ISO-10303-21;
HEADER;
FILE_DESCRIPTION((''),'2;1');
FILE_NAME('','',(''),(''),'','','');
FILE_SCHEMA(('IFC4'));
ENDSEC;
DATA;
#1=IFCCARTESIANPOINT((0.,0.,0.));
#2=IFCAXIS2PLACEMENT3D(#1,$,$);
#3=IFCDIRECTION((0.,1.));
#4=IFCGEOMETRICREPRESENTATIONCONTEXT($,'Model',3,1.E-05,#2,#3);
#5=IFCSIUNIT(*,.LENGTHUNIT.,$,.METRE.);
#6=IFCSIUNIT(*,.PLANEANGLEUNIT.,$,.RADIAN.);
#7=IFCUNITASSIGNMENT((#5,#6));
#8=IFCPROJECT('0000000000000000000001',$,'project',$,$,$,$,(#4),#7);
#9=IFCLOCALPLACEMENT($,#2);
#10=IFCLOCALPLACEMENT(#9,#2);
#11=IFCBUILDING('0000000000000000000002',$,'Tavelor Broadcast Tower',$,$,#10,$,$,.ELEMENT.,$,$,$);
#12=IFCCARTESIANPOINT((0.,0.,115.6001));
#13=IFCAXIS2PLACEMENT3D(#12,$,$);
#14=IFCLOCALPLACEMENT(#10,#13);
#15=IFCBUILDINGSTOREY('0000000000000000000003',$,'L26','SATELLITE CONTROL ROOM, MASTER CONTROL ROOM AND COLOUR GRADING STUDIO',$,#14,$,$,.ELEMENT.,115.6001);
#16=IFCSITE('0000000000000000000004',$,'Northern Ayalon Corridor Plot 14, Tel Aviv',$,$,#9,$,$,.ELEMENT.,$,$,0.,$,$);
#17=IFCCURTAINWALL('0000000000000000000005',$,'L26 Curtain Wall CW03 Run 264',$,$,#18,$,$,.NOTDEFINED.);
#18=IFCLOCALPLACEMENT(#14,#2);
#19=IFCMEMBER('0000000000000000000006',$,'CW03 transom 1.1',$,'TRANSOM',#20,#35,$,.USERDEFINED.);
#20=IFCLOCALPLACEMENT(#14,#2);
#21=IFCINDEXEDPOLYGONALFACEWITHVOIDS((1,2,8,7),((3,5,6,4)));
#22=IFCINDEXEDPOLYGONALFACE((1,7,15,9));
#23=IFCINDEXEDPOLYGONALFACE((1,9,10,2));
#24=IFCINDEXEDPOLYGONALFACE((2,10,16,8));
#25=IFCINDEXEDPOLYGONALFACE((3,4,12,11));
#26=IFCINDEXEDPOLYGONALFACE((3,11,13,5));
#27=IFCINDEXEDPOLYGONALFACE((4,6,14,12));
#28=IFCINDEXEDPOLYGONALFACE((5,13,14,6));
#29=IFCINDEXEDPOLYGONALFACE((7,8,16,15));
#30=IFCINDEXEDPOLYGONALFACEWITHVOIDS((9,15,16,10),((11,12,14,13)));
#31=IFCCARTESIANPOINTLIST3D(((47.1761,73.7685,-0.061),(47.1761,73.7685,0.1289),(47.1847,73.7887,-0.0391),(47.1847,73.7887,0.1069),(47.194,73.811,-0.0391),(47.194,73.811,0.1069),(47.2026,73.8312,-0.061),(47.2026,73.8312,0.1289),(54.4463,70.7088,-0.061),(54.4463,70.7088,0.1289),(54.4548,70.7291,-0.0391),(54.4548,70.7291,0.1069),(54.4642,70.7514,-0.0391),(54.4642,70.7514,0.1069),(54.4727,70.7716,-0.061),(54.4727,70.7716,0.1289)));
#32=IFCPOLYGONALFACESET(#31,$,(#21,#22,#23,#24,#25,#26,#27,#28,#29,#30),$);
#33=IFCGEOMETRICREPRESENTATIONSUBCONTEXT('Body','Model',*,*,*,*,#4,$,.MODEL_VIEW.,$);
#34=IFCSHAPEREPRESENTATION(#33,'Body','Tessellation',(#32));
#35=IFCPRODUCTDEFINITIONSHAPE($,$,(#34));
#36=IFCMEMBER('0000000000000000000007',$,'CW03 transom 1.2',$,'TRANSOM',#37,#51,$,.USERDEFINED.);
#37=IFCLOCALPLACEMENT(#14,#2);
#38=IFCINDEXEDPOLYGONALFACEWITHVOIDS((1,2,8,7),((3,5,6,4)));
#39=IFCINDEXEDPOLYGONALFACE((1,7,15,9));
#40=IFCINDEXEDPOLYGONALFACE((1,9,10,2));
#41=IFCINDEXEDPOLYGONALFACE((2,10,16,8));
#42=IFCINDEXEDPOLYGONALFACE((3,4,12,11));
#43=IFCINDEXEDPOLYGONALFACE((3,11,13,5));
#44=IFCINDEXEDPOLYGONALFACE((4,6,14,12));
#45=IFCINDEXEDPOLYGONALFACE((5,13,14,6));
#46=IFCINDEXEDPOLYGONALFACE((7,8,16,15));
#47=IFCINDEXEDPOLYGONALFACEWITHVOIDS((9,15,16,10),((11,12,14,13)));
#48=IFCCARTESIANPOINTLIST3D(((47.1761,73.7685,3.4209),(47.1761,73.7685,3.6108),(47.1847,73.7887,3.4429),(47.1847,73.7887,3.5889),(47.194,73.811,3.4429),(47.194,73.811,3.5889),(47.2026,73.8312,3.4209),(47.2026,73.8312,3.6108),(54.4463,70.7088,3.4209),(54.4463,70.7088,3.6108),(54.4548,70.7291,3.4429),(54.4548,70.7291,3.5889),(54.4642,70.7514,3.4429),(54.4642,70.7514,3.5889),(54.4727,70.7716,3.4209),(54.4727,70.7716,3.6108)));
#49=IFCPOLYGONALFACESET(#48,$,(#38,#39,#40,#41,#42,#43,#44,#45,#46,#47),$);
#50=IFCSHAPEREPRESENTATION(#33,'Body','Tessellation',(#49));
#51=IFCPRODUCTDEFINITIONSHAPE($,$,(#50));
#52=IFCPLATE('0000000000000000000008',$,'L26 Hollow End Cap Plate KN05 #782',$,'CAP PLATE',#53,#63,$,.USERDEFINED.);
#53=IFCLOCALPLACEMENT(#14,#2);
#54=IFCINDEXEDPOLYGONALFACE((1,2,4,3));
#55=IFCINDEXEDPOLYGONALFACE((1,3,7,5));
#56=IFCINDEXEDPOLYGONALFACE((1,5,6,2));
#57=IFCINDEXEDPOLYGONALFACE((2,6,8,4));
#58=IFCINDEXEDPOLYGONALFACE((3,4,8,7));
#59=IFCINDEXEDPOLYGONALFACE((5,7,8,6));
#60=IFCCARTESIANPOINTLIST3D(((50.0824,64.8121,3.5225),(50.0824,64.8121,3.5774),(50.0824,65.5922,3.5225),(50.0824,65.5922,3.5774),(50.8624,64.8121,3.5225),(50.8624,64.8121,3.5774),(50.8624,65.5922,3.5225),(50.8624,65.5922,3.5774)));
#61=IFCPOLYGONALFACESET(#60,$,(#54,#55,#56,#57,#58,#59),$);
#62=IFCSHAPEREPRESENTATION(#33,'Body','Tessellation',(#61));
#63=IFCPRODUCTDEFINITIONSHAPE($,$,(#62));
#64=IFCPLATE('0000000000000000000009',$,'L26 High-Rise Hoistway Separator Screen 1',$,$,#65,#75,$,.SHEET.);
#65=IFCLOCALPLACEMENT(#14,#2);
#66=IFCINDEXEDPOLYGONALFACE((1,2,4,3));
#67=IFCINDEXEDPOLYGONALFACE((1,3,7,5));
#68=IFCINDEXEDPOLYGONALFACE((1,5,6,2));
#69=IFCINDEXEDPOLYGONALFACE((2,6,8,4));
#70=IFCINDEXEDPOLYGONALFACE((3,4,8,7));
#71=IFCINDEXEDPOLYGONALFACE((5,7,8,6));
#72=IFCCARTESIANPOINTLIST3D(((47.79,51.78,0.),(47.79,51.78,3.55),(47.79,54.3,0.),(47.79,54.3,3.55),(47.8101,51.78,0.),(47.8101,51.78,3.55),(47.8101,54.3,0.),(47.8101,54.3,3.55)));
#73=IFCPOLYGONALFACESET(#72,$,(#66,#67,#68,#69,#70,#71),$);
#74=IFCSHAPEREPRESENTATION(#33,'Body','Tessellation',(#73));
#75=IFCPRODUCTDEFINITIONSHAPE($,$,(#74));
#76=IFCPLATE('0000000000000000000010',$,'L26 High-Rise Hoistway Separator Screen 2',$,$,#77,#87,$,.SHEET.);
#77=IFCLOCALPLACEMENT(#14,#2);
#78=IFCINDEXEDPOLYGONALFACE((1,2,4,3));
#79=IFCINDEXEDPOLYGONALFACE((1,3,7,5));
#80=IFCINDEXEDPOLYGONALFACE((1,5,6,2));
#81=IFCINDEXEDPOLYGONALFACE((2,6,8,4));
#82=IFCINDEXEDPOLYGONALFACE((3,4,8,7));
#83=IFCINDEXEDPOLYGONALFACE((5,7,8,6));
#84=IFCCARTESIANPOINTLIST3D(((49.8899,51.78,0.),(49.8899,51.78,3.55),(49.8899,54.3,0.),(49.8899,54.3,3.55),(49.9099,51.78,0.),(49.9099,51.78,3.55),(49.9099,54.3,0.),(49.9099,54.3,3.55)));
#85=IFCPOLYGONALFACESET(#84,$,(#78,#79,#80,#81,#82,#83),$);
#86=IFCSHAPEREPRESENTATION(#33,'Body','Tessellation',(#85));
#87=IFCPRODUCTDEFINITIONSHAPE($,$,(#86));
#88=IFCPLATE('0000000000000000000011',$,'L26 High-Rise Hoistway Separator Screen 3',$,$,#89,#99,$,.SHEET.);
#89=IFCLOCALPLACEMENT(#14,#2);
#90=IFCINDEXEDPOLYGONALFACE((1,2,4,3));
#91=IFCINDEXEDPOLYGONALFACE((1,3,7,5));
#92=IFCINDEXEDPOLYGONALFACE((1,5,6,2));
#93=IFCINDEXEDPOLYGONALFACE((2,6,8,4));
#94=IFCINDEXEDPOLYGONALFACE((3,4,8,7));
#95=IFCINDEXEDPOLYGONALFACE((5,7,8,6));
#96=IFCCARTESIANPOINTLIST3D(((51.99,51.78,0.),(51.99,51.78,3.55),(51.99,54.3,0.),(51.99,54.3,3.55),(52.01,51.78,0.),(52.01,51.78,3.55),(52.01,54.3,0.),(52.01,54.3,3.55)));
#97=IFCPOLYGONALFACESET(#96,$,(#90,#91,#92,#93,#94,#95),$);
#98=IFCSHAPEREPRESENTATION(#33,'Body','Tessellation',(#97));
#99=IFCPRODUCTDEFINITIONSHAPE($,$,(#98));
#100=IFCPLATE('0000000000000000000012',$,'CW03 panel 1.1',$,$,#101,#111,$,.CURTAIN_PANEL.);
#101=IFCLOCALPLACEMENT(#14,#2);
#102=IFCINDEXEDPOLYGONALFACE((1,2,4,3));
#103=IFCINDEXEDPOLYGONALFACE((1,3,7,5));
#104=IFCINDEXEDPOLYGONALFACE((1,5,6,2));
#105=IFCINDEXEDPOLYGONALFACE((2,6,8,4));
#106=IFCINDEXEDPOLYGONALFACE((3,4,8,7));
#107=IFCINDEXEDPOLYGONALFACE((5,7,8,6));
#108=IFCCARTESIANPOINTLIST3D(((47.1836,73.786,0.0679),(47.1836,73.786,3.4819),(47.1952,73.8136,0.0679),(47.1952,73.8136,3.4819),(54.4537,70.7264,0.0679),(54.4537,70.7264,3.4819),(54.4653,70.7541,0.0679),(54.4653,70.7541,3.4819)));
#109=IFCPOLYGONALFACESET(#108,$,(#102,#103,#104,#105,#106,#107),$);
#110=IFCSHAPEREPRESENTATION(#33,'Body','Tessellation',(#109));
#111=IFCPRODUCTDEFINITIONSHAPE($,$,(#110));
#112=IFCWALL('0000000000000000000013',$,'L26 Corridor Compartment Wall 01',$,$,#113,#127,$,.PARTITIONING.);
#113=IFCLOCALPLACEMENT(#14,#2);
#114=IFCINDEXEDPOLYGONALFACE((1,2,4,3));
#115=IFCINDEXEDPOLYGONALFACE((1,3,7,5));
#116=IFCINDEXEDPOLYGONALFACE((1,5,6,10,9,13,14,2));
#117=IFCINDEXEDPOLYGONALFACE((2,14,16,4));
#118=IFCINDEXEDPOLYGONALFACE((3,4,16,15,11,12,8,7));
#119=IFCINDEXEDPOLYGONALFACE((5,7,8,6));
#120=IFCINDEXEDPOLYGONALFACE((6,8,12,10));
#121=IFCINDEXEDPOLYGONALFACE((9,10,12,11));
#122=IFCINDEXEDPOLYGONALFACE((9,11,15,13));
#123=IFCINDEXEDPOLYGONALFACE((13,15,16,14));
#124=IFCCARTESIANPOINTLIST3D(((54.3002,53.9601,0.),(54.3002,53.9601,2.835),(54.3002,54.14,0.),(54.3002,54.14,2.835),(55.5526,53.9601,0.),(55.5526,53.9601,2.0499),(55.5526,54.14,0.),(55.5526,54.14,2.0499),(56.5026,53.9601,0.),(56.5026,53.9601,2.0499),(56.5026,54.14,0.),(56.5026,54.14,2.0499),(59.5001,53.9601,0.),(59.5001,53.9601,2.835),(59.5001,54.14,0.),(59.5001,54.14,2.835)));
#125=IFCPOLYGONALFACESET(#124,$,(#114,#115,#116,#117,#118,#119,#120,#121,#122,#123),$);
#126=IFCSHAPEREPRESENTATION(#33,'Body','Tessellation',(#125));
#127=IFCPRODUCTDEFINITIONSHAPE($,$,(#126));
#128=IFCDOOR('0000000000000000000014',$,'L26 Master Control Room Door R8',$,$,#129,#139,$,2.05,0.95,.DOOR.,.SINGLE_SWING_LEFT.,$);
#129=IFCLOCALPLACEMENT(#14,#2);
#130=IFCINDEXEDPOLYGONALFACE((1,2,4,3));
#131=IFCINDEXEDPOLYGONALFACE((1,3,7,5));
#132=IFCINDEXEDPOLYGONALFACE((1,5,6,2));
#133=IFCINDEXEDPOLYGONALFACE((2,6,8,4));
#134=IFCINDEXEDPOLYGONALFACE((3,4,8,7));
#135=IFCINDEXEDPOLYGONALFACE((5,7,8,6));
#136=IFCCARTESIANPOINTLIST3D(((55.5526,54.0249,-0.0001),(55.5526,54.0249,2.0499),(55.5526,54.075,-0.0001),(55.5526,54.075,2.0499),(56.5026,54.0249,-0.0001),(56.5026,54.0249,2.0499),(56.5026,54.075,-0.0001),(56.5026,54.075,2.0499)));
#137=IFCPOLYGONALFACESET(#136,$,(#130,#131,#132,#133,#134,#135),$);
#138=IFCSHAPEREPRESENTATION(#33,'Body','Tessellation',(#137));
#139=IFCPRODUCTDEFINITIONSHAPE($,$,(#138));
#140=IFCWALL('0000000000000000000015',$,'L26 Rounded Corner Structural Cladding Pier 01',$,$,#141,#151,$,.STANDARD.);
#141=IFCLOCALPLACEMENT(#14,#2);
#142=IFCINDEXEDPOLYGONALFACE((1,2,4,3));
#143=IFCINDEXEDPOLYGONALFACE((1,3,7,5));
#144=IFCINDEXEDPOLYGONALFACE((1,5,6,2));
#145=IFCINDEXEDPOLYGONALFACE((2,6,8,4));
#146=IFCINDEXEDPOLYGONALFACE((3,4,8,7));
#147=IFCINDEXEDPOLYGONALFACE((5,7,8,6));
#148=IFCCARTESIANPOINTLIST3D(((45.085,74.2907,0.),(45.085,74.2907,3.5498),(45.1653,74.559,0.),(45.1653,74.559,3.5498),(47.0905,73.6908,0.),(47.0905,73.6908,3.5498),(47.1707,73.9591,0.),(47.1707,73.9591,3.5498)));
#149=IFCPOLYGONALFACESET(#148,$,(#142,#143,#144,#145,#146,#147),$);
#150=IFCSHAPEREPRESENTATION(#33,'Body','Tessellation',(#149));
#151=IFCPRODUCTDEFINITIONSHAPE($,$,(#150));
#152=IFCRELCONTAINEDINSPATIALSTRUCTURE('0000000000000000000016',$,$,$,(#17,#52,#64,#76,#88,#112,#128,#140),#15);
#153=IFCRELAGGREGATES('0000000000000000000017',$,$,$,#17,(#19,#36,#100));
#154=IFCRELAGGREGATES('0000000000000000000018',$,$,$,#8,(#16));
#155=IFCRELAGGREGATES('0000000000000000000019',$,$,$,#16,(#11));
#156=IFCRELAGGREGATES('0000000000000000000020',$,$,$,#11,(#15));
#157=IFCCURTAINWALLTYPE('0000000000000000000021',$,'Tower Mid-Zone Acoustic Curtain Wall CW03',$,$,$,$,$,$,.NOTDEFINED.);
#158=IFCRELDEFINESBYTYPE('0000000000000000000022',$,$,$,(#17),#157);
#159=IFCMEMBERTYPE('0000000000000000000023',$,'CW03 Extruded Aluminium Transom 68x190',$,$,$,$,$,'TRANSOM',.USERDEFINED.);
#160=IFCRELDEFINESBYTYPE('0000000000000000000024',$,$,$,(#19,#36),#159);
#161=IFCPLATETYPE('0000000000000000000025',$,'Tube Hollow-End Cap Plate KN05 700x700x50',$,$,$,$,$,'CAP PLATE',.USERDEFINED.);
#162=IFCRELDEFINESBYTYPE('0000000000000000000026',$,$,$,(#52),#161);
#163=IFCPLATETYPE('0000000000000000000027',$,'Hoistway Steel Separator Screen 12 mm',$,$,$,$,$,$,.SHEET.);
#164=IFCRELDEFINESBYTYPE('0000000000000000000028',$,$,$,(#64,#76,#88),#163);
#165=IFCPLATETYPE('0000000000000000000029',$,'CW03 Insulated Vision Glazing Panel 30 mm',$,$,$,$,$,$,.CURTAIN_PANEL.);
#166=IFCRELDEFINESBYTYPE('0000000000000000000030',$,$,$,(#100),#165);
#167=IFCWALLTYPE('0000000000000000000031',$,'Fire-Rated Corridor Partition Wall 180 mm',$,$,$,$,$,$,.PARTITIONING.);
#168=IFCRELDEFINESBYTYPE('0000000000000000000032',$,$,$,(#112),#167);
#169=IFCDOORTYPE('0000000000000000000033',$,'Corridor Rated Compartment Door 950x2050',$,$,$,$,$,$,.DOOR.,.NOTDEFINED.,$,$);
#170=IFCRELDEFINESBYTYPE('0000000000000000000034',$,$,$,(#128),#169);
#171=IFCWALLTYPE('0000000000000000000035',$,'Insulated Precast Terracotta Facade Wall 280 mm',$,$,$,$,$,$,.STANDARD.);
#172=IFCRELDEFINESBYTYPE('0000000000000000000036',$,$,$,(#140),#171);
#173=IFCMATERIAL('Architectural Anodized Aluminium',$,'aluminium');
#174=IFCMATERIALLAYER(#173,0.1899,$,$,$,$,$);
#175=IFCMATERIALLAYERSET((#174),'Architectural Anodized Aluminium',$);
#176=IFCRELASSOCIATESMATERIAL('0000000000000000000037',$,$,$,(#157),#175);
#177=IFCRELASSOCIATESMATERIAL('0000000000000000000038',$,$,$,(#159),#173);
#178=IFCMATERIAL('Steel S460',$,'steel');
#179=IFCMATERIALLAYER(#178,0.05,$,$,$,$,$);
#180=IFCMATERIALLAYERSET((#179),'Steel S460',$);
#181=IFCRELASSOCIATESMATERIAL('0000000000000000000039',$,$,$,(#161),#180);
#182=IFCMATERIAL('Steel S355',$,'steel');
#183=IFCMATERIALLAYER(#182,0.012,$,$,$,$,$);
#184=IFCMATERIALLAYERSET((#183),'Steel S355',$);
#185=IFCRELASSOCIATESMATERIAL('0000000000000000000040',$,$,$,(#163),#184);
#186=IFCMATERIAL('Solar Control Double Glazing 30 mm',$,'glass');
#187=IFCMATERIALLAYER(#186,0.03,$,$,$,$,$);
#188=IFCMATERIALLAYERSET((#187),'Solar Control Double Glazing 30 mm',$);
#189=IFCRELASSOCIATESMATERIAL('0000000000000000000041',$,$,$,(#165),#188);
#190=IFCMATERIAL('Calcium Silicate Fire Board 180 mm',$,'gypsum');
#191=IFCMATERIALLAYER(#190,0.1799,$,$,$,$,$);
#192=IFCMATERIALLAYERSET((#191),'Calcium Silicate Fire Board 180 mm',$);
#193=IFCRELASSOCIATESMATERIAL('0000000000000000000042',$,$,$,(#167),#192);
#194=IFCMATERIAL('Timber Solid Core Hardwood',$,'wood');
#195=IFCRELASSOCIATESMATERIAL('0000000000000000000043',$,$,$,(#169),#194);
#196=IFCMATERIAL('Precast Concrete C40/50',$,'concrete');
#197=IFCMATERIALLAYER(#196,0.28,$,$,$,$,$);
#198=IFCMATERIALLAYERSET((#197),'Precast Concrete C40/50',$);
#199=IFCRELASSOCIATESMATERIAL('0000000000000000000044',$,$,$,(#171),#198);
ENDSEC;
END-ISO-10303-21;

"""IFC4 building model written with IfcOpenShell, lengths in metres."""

from ifc_helpers import new_model, si_unit, direction, frame, frame_2d, origin, origin_2d, place, context, subcontext, project, spatial, rectangle, hollow_rectangle, extrude, source, transform, mapped, material, layer, layer_set, material_profile, profile_set, type_object, type_shapes, element, fill, aggregate, save


model = new_model("IFC4")

# Units and contexts
model_context = context("Model", 3, precision=1e-05, world=origin(), true_north=direction((0.0, 1.0)))
body_context = subcontext(model_context, "Body", "Model", "MODEL_VIEW")
ifc_project = project(units=[si_unit("LENGTHUNIT", "METRE"), si_unit("PLANEANGLEUNIT", "RADIAN")], contexts=[model_context])

# Site, building, storey
site_placement = place(None, origin())
site = spatial("IfcSite", under=ifc_project, at=site_placement, Name="Northern Ayalon Corridor Plot 14, Tel Aviv", CompositionType="ELEMENT", RefElevation=0.0)
building_placement = place(site_placement, origin())
building = spatial("IfcBuilding", under=site, at=building_placement, Name="Tavelor Broadcast Tower", CompositionType="ELEMENT")
storey_placement = place(building_placement, frame((0.0, 0.0, 115.6001)))
storey = spatial("IfcBuildingStorey", under=building, at=storey_placement, Name="L26", Description="SATELLITE CONTROL ROOM, MASTER CONTROL ROOM AND COLOUR GRADING STUDIO", CompositionType="ELEMENT", Elevation=115.6001)

# Shared definitions
ifc_material_1 = material(Name="Steel S460", Category="steel")

# Shared definitions
ifc_material_2 = material(Name="Steel S355", Category="steel")

# Shared definitions
ifc_material_3 = material(Name="Architectural Anodized Aluminium", Category="aluminium")
ifc_layer_1 = layer(ifc_material_3, 0.1899)
ifc_layer_set_1 = layer_set([ifc_layer_1], Name="Architectural Anodized Aluminium")
curtain_wall_type = type_object("IfcCurtainWallType", Name="Tower Mid-Zone Acoustic Curtain Wall CW03", PredefinedType="NOTDEFINED", material=ifc_layer_set_1)

# Curtain wall, members
curtain_wall_1_placement = place(storey_placement, origin())
curtain_wall_1 = element("IfcCurtainWall", 1, at=curtain_wall_1_placement, inside=storey, type_object=curtain_wall_type, Name="L26 Curtain Wall CW03 Run 264", PredefinedType="NOTDEFINED")
ifc_material_profile_1 = material_profile(ifc_material_3, hollow_rectangle(XDim=0.0681, YDim=0.1899, WallThickness=0.022, at=origin_2d()), Name="RHS 68x190x22")
ifc_profile_set_1 = profile_set([ifc_material_profile_1], Name="Architectural Anodized Aluminium")
member_type_1 = type_object("IfcMemberType", Name="CW03 Extruded Aluminium Transom 68x190", ElementType="TRANSOM", PredefinedType="USERDEFINED", material=ifc_profile_set_1)
shared_shape_1 = source(origin(), body_context, "Body", "SweptSolid", [
    extrude(hollow_rectangle(XDim=0.0681, YDim=0.1899, WallThickness=0.022, at=origin_2d()), origin(), (0.0, 0.0, 1.0), 7.8877),
])
type_shapes(member_type_1, [shared_shape_1])
member_1_placement = place(storey_placement, frame((54.4595, 70.7402, 0.0339), z_axis=(-0.921703, 0.387896, 0.0), x_axis=(-0.387896, -0.921703, 0.0)))
member_1 = element("IfcMember", 2, at=member_1_placement, type_object=member_type_1, Name="CW03 transom 1.1", ObjectType="TRANSOM", PredefinedType="USERDEFINED", context=body_context, shape_type="MappedRepresentation", body=[
    mapped(shared_shape_1, transform((0.0, 0.0, 0.0), scale=1.0)),
])
member_2_placement = place(storey_placement, frame((54.4595, 70.7402, 3.5159), z_axis=(-0.921703, 0.387896, 0.0), x_axis=(-0.387896, -0.921703, 0.0)))
member_2 = element("IfcMember", 3, at=member_2_placement, type_object=member_type_1, Name="CW03 transom 1.2", ObjectType="TRANSOM", PredefinedType="USERDEFINED", context=body_context, shape_type="MappedRepresentation", body=[
    mapped(shared_shape_1, transform((0.0, 0.0, 0.0), scale=1.0)),
])

# Plates
ifc_layer_2 = layer(ifc_material_1, 0.05)
ifc_layer_set_2 = layer_set([ifc_layer_2], Name="Steel S460")
plate_type_1 = type_object("IfcPlateType", Name="Tube Hollow-End Cap Plate KN05 700x700x50", ElementType="CAP PLATE", PredefinedType="USERDEFINED", material=ifc_layer_set_2)
shared_shape_2 = source(origin(), body_context, "Body", "SweptSolid", [
    extrude(rectangle(XDim=0.78, YDim=0.78, at=origin_2d()), origin(), (0.0, 0.0, 1.0), 0.0549),
])
type_shapes(plate_type_1, [shared_shape_2])
plate_1_placement = place(storey_placement, frame((50.4724, 65.2021, 3.5225), z_axis=(0.0, 0.0, 1.0), x_axis=(1.0, 0.0, 0.0)))
element("IfcPlate", 4, at=plate_1_placement, inside=storey, type_object=plate_type_1, Name="L26 Hollow End Cap Plate KN05 #782", ObjectType="CAP PLATE", PredefinedType="USERDEFINED", context=body_context, shape_type="MappedRepresentation", body=[
    mapped(shared_shape_2, transform((0.0, 0.0, 0.0), scale=1.0)),
])
ifc_layer_3 = layer(ifc_material_2, 0.012)
ifc_layer_set_3 = layer_set([ifc_layer_3], Name="Steel S355")
plate_type_2 = type_object("IfcPlateType", Name="Hoistway Steel Separator Screen 12 mm", PredefinedType="SHEET", material=ifc_layer_set_3)
shared_shape_3 = source(origin(), body_context, "Body", "SweptSolid", [
    extrude(rectangle(XDim=0.02, YDim=2.52, at=origin_2d()), origin(), (0.0, 0.0, 1.0), 3.55),
])
type_shapes(plate_type_2, [shared_shape_3])
for number, where, z_axis, x_axis, name in (
    (5, (47.8, 53.04, 0.0), (0.0, 0.0, 1.0), (1.0, 0.0, 0.0), "L26 High-Rise Hoistway Separator Screen 1"),
    (6, (49.8999, 53.04, 0.0), (0.0, 0.0, 1.0), (1.0, 0.0, 0.0), "L26 High-Rise Hoistway Separator Screen 2"),
    (7, (52.0, 53.04, 0.0), (0.0, 0.0, 1.0), (1.0, 0.0, 0.0), "L26 High-Rise Hoistway Separator Screen 3"),
):
    element("IfcPlate", number, at=place(storey_placement, frame(where, z_axis=z_axis, x_axis=x_axis)), inside=storey, type_object=plate_type_2, Name=name, PredefinedType="SHEET", context=body_context, shape_type="MappedRepresentation", body=[
        mapped(shared_shape_3, transform((0.0, 0.0, 0.0), scale=1.0)),
    ])

# Plate
ifc_material_4 = material(Name="Solar Control Double Glazing 30 mm", Category="glass")
ifc_layer_4 = layer(ifc_material_4, 0.03)
ifc_layer_set_4 = layer_set([ifc_layer_4], Name="Solar Control Double Glazing 30 mm")
plate_type_3 = type_object("IfcPlateType", Name="CW03 Insulated Vision Glazing Panel 30 mm", PredefinedType="CURTAIN_PANEL", material=ifc_layer_set_4)
shared_shape_4 = source(origin(), body_context, "Body", "SweptSolid", [
    extrude(rectangle(XDim=7.8877, YDim=0.03, at=origin_2d()), origin(), (0.0, 0.0, 1.0), 3.4141),
])
type_shapes(plate_type_3, [shared_shape_4])
plate_2_placement = place(storey_placement, frame((50.8245, 72.27, 0.0679), z_axis=(0.0, 0.0, 1.0), x_axis=(-0.921705, 0.387893, 0.0)))
plate_2 = element("IfcPlate", 8, at=plate_2_placement, type_object=plate_type_3, Name="CW03 panel 1.1", PredefinedType="CURTAIN_PANEL", context=body_context, shape_type="MappedRepresentation", body=[
    mapped(shared_shape_4, transform((0.0, 0.0, 0.0), scale=1.0)),
])
aggregate(curtain_wall_1, [member_1, member_2, plate_2])

# Wall, opening, door
ifc_material_5 = material(Name="Calcium Silicate Fire Board 180 mm", Category="gypsum")
ifc_layer_5 = layer(ifc_material_5, 0.1799)
ifc_layer_set_5 = layer_set([ifc_layer_5], Name="Calcium Silicate Fire Board 180 mm")
wall_type_1 = type_object("IfcWallType", Name="Fire-Rated Corridor Partition Wall 180 mm", PredefinedType="PARTITIONING", material=ifc_layer_set_5)
wall_1_placement = place(storey_placement, frame((54.3, 54.05, 0.0), z_axis=(0.0, 0.0, 1.0), x_axis=(1.0, 0.0, 0.0)))
wall_1 = element("IfcWall", 9, at=wall_1_placement, inside=storey, type_object=wall_type_1, Name="L26 Corridor Compartment Wall 01", PredefinedType="PARTITIONING", context=body_context, shape_type="SweptSolid", body=[
    extrude(rectangle(XDim=5.2, YDim=0.1799, at=frame_2d((2.6001, 0.0))), origin(), (0.0, 0.0, 1.0), 2.835),
])
opening_1_placement = place(wall_1_placement, frame((1.2524, 0.0, 0.0)))
opening_1 = element("IfcOpeningElement", 10, at=opening_1_placement, cuts=wall_1, PredefinedType="OPENING", context=body_context, shape_type="SweptSolid", body=[
    extrude(rectangle(XDim=0.95, YDim=2.05, at=frame_2d((0.4751, 1.0249))), frame((0.0, 0.1001, 0.0), z_axis=(0.0, -1.0, 0.0), x_axis=(1.0, 0.0, 0.0)), (0.0, 0.0, 1.0), 0.2),
])
ifc_material_6 = material(Name="Timber Solid Core Hardwood", Category="wood")
door_type = type_object("IfcDoorType", Name="Corridor Rated Compartment Door 950x2050", OperationType="NOTDEFINED", PredefinedType="DOOR", material=ifc_material_6)
door_1_placement = place(opening_1_placement, origin())
door_1 = element("IfcDoor", 11, at=door_1_placement, inside=storey, type_object=door_type, Name="L26 Master Control Room Door R8", OperationType="SINGLE_SWING_LEFT", OverallHeight=2.05, OverallWidth=0.95, PredefinedType="DOOR", context=body_context, shape_type="SweptSolid", body=[
    extrude(rectangle(XDim=0.95, YDim=2.05, at=frame_2d((0.4751, 1.0249))), frame((0.0, 0.0249, 0.0), z_axis=(0.0, -1.0, 0.0), x_axis=(1.0, 0.0, 0.0)), (0.0, 0.0, 1.0), 0.05),
])
fill(opening_1, door_1)

# Wall
ifc_material_7 = material(Name="Precast Concrete C40/50", Category="concrete")
ifc_layer_6 = layer(ifc_material_7, 0.28)
ifc_layer_set_6 = layer_set([ifc_layer_6], Name="Precast Concrete C40/50")
wall_type_2 = type_object("IfcWallType", Name="Insulated Precast Terracotta Facade Wall 280 mm", PredefinedType="STANDARD", material=ifc_layer_set_6)
wall_2_placement = place(storey_placement, frame((47.1306, 73.825, 0.0), z_axis=(0.0, 0.0, 1.0), x_axis=(-0.958057, 0.286577, 0.0)))
element("IfcWall", 12, at=wall_2_placement, inside=storey, type_object=wall_type_2, Name="L26 Rounded Corner Structural Cladding Pier 01", PredefinedType="STANDARD", context=body_context, shape_type="SweptSolid", body=[
    extrude(rectangle(XDim=2.0933, YDim=0.28, at=frame_2d((1.0466, 0.0))), origin(), (0.0, 0.0, 1.0), 3.5498),
])

save(model, "model.ifc")
